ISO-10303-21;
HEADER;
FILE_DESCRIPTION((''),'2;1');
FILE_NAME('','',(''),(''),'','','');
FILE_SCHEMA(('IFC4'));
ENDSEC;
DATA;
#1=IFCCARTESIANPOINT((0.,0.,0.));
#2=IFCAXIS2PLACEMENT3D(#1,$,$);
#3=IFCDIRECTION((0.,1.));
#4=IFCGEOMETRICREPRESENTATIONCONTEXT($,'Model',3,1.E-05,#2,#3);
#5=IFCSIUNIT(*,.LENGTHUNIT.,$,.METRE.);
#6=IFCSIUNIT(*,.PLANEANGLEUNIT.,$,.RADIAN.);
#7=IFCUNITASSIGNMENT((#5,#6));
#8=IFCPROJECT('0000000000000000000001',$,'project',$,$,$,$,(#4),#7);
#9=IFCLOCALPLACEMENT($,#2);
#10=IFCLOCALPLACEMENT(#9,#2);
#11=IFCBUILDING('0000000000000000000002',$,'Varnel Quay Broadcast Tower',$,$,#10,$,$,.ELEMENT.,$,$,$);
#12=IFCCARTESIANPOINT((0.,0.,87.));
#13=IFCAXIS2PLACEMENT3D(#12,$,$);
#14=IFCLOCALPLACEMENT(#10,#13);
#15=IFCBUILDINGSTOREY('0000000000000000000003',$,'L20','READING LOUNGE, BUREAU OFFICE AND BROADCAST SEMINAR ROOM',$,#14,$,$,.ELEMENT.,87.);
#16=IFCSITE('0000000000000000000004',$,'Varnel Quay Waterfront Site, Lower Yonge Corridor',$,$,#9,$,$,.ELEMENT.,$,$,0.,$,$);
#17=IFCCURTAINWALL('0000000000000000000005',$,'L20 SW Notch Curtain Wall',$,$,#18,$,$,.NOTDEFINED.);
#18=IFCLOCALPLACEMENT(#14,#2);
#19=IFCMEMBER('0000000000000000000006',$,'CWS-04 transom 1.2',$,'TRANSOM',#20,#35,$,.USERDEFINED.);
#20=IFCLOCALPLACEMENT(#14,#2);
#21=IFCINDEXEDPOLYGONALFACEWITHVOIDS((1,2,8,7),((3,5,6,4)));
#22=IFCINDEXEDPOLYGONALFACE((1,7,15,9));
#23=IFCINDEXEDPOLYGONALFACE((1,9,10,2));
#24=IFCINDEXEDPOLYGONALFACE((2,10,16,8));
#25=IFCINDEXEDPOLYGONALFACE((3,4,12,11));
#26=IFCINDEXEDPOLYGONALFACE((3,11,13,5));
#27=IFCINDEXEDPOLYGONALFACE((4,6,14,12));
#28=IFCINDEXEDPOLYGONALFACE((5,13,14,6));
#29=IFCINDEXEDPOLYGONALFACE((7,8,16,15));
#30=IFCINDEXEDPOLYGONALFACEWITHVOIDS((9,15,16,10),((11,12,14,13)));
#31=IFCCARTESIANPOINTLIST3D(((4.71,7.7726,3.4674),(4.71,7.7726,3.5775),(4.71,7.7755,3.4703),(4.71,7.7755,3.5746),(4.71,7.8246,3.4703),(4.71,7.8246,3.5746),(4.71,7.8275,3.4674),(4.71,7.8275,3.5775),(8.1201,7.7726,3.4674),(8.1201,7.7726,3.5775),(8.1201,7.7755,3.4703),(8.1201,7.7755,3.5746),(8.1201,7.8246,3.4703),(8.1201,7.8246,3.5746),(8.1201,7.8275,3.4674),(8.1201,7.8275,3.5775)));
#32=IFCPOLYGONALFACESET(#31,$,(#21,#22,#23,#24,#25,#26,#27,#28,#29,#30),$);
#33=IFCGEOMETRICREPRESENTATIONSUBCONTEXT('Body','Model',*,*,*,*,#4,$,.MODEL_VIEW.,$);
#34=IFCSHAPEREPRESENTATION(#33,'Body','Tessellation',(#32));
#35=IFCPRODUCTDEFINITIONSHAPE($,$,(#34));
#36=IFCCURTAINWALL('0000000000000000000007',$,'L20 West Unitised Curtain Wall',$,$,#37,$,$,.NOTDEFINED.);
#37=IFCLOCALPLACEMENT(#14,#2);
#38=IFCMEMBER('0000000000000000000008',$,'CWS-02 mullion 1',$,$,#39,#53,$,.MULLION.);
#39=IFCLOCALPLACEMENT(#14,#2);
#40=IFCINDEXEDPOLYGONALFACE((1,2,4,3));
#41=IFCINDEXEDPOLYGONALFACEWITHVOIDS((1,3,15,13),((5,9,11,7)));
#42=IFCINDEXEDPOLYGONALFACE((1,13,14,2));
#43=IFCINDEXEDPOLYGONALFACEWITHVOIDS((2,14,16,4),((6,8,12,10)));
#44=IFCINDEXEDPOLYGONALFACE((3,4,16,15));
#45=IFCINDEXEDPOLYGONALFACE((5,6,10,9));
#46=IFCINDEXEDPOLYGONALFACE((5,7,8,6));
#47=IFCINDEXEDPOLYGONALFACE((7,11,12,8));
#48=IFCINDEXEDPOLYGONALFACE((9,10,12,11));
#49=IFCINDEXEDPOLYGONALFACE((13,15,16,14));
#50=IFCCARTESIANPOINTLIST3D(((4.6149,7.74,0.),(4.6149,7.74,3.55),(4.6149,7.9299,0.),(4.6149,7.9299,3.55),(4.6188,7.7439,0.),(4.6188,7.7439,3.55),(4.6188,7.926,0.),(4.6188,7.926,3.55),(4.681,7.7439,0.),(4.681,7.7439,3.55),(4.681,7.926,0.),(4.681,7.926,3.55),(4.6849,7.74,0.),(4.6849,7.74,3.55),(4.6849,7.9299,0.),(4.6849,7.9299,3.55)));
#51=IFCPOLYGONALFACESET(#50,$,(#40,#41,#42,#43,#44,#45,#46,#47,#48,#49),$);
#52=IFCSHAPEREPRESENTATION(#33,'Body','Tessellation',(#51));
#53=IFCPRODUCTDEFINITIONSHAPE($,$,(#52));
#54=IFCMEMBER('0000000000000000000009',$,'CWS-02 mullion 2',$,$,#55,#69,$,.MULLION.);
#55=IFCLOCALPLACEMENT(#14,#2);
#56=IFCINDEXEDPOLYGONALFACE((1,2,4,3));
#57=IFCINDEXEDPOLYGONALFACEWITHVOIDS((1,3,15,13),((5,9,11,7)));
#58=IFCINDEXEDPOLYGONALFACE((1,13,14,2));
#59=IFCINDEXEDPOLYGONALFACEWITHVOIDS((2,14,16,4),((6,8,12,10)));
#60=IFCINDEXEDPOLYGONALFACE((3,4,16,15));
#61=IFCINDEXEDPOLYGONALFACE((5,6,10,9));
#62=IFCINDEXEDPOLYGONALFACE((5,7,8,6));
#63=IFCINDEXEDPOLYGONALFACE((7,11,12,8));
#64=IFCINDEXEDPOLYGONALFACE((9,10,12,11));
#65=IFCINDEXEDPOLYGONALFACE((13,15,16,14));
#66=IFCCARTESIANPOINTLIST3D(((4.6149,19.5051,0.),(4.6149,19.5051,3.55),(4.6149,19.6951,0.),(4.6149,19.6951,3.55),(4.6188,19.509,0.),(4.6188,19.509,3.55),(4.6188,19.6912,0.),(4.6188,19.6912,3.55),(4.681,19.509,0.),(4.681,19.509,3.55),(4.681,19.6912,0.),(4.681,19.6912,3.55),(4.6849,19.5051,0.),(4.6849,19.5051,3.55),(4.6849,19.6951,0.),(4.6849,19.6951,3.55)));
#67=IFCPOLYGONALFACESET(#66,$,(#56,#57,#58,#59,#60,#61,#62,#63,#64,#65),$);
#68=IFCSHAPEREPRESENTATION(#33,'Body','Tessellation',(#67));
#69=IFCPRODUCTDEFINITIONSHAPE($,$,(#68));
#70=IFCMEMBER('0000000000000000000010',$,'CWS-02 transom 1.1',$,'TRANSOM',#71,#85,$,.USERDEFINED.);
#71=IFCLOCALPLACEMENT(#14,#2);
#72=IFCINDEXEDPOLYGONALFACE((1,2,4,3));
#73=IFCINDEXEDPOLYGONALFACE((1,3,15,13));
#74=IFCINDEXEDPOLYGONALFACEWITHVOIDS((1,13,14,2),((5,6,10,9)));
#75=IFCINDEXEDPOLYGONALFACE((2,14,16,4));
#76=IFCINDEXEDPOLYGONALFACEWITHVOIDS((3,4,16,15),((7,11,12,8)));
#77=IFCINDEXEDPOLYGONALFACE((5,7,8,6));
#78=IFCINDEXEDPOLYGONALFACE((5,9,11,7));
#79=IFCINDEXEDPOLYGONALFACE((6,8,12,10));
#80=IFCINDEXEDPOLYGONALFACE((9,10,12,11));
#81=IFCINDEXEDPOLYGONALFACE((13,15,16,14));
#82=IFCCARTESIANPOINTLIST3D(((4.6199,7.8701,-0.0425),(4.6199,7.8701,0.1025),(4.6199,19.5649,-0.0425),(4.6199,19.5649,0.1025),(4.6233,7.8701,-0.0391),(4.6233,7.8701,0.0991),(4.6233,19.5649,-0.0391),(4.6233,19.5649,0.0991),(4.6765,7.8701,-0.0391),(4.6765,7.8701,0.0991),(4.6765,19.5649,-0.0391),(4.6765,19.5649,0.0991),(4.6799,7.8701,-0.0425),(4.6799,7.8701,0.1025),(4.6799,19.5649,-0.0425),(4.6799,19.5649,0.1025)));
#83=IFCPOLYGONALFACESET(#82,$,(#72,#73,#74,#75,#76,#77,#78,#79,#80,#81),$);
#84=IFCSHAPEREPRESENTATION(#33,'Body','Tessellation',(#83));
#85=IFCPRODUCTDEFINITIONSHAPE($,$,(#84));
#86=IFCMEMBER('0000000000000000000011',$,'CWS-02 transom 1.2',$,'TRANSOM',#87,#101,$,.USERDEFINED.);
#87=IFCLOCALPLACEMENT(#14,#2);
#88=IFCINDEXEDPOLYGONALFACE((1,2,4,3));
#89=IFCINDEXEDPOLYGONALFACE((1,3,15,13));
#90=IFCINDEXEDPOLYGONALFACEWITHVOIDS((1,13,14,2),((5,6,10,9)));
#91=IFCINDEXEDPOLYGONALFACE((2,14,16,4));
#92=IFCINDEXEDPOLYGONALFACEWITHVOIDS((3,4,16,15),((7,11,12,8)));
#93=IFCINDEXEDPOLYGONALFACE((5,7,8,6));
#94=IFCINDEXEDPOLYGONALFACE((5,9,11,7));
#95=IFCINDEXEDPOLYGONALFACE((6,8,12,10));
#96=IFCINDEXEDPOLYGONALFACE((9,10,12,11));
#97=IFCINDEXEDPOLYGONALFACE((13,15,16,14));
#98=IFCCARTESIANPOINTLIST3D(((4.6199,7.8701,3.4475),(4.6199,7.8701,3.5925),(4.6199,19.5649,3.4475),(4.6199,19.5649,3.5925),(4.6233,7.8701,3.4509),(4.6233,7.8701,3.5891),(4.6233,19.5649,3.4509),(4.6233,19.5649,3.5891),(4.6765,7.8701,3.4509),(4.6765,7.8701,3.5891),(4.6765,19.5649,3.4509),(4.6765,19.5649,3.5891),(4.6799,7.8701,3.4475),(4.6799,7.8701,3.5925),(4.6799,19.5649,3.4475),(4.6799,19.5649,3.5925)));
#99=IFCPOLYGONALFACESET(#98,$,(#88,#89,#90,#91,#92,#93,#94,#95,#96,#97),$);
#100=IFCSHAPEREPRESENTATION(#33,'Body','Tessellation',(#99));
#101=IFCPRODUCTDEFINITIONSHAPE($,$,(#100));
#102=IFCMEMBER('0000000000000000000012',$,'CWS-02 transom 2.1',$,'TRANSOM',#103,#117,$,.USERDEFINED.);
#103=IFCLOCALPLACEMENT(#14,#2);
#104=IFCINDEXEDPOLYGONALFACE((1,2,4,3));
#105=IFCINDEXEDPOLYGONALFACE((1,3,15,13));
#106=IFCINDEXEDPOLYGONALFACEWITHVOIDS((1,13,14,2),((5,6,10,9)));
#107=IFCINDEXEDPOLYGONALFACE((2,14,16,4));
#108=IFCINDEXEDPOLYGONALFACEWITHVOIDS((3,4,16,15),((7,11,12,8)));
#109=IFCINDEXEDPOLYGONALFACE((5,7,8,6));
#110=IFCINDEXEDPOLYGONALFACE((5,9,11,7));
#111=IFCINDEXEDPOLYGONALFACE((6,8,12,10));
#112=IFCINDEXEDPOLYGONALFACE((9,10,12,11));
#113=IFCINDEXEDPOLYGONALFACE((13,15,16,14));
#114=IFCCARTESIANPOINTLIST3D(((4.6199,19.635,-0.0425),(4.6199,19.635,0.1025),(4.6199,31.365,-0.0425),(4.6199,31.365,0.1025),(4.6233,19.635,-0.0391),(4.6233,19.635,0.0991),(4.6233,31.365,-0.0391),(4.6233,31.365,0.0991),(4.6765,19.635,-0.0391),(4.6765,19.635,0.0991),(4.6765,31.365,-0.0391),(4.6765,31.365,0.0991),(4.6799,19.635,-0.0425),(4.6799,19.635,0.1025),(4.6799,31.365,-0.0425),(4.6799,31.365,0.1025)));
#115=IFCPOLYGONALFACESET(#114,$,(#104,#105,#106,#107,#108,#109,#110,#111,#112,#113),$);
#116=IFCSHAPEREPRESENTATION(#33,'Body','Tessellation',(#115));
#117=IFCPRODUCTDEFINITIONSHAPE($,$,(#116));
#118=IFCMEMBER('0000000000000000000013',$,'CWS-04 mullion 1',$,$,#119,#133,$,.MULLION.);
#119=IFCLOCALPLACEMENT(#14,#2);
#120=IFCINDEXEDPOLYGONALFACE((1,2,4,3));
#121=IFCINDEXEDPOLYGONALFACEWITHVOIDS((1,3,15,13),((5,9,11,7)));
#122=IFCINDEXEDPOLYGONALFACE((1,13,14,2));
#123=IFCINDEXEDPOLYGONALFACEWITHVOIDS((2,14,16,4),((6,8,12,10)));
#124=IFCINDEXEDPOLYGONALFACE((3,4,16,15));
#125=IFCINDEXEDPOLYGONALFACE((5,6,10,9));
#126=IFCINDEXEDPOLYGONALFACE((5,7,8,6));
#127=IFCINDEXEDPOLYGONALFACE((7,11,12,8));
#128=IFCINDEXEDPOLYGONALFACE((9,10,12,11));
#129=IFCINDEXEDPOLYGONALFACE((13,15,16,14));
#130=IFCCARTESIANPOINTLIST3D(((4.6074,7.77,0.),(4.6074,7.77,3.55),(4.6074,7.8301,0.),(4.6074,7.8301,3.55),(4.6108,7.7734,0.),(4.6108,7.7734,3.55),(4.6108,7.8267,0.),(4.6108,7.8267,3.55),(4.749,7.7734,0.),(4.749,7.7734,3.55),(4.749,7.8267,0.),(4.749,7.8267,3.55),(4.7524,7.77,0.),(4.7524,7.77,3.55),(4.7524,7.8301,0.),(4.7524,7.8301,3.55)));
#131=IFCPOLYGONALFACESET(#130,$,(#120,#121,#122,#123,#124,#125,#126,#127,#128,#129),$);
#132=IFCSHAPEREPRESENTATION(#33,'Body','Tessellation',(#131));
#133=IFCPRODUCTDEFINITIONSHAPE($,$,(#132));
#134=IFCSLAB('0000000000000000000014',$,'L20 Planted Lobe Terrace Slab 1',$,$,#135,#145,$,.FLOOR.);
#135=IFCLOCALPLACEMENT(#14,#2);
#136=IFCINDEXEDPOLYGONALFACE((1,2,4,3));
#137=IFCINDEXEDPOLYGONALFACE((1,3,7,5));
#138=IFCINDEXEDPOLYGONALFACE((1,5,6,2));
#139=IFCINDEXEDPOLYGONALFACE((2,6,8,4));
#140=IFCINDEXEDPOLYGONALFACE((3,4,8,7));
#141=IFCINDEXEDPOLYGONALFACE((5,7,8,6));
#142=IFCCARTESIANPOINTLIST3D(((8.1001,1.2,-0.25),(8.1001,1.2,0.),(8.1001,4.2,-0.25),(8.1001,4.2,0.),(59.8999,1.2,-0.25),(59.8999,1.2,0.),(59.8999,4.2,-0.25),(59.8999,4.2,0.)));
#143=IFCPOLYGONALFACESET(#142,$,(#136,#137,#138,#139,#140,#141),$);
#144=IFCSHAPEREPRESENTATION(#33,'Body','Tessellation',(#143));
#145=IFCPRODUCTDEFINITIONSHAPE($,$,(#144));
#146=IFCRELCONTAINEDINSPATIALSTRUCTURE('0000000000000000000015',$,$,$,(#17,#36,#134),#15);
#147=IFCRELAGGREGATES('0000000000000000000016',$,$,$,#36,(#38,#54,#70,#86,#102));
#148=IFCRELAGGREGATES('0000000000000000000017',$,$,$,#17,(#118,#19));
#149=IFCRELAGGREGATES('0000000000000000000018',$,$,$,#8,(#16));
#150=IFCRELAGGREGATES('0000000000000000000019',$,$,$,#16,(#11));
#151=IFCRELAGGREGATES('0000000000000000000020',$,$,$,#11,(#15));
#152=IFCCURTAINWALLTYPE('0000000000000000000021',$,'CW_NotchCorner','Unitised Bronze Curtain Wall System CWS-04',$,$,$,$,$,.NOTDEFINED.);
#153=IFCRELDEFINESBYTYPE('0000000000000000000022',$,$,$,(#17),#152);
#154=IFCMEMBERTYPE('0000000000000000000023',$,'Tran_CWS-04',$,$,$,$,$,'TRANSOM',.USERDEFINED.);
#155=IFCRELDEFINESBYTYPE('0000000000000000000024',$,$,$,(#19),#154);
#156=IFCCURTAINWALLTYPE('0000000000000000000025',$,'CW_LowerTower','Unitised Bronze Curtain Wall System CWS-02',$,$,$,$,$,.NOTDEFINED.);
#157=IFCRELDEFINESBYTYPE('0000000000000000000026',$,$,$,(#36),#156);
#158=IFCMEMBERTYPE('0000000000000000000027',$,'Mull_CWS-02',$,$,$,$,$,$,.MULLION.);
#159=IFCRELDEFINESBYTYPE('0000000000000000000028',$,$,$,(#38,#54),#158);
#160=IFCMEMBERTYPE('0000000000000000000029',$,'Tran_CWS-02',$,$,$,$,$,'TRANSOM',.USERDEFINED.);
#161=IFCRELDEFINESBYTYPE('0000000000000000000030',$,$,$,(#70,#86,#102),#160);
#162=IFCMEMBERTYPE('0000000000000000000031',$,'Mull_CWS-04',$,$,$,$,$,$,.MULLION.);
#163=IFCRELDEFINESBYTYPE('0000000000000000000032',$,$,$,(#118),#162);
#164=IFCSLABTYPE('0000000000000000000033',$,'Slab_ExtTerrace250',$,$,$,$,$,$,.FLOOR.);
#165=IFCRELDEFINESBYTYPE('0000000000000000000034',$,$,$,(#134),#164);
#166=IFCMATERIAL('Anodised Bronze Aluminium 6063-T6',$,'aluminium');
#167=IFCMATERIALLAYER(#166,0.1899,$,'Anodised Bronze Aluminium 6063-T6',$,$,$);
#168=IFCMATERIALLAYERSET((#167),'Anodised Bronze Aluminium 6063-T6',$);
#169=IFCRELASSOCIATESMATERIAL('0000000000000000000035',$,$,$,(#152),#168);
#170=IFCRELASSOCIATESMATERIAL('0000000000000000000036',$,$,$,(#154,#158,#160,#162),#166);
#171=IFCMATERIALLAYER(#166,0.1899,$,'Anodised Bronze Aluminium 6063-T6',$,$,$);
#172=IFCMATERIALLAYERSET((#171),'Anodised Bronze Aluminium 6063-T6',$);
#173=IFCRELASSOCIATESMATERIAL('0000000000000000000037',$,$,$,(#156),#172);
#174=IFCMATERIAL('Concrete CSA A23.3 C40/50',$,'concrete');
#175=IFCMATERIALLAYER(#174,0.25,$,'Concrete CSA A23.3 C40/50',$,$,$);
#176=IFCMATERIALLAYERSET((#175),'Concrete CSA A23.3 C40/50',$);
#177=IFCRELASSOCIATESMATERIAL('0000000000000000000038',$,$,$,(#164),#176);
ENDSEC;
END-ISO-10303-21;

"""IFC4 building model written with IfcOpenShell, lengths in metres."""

from ifc_helpers import new_model, si_unit, direction, frame, origin, origin_2d, place, context, subcontext, project, spatial, polyline, hollow_rectangle, outline, extrude, source, transform, mapped, material, layer, layer_set, material_profile, profile_set, type_object, type_shapes, element, aggregate, save


model = new_model("IFC4")

# Units and contexts
model_context = context("Model", 3, precision=1e-05, world=origin(), true_north=direction((0.0, 1.0)))
body_context = subcontext(model_context, "Body", "Model", "MODEL_VIEW")
ifc_project = project(units=[si_unit("LENGTHUNIT", "METRE"), si_unit("PLANEANGLEUNIT", "RADIAN")], contexts=[model_context])

# Site, building, storey
site_placement = place(None, origin())
site = spatial("IfcSite", under=ifc_project, at=site_placement, Name="Varnel Quay Waterfront Site, Lower Yonge Corridor", CompositionType="ELEMENT", RefElevation=0.0)
building_placement = place(site_placement, origin())
building = spatial("IfcBuilding", under=site, at=building_placement, Name="Varnel Quay Broadcast Tower", CompositionType="ELEMENT")
storey_placement = place(building_placement, frame((0.0, 0.0, 87.0)))
storey = spatial("IfcBuildingStorey", under=building, at=storey_placement, Name="L20", Description="READING LOUNGE, BUREAU OFFICE AND BROADCAST SEMINAR ROOM", CompositionType="ELEMENT", Elevation=87.0)

# Curtain walls, members
ifc_material_1 = material(Name="Anodised Bronze Aluminium 6063-T6", Category="aluminium")
ifc_layer_1 = layer(ifc_material_1, 0.1899, Name="Anodised Bronze Aluminium 6063-T6")
ifc_layer_set_1 = layer_set([ifc_layer_1], Name="Anodised Bronze Aluminium 6063-T6")
curtain_wall_type_1 = type_object("IfcCurtainWallType", Name="CW_NotchCorner", Description="Unitised Bronze Curtain Wall System CWS-04", PredefinedType="NOTDEFINED", material=ifc_layer_set_1)
curtain_wall_1_placement = place(storey_placement, origin())
curtain_wall_1 = element("IfcCurtainWall", 1, at=curtain_wall_1_placement, inside=storey, type_object=curtain_wall_type_1, Name="L20 SW Notch Curtain Wall", PredefinedType="NOTDEFINED")
ifc_material_profile_1 = material_profile(ifc_material_1, hollow_rectangle(XDim=0.0549, YDim=0.1101, WallThickness=0.0029, at=origin_2d()), Name="ALU55X110X3")
ifc_profile_set_1 = profile_set([ifc_material_profile_1], Name="Anodised Bronze Aluminium 6063-T6")
member_type_1 = type_object("IfcMemberType", Name="Tran_CWS-04", ElementType="TRANSOM", PredefinedType="USERDEFINED", material=ifc_profile_set_1)
shared_shape_1 = source(origin(), body_context, "Body", "SweptSolid", [
    extrude(hollow_rectangle(XDim=0.0549, YDim=0.1101, WallThickness=0.0029, at=origin_2d()), origin(), (0.0, 0.0, 1.0), 3.4102),
])
type_shapes(member_type_1, [shared_shape_1])
member_1_placement = place(storey_placement, frame((4.71, 7.8, 3.5225), z_axis=(1.0, 0.0, 0.0), x_axis=(0.0, 1.0, 0.0)))
member_1 = element("IfcMember", 2, at=member_1_placement, type_object=member_type_1, Name="CWS-04 transom 1.2", ObjectType="TRANSOM", PredefinedType="USERDEFINED", context=body_context, shape_type="MappedRepresentation", body=[
    mapped(shared_shape_1, transform((0.0, 0.0, 0.0), x_axis=(1.0, 0.0, 0.0), y_axis=(0.0, 1.0, 0.0), z_axis=(0.0, 0.0, 1.0), scale=1.0)),
])
ifc_layer_2 = layer(ifc_material_1, 0.1899, Name="Anodised Bronze Aluminium 6063-T6")
ifc_layer_set_2 = layer_set([ifc_layer_2], Name="Anodised Bronze Aluminium 6063-T6")
curtain_wall_type_2 = type_object("IfcCurtainWallType", Name="CW_LowerTower", Description="Unitised Bronze Curtain Wall System CWS-02", PredefinedType="NOTDEFINED", material=ifc_layer_set_2)
curtain_wall_2_placement = place(storey_placement, origin())
curtain_wall_2 = element("IfcCurtainWall", 3, at=curtain_wall_2_placement, inside=storey, type_object=curtain_wall_type_2, Name="L20 West Unitised Curtain Wall", PredefinedType="NOTDEFINED")
ifc_material_profile_2 = material_profile(ifc_material_1, hollow_rectangle(XDim=0.0701, YDim=0.1899, WallThickness=0.0039, at=origin_2d()), Name="ALU70X190X4")
ifc_profile_set_2 = profile_set([ifc_material_profile_2], Name="Anodised Bronze Aluminium 6063-T6")
member_type_2 = type_object("IfcMemberType", Name="Mull_CWS-02", PredefinedType="MULLION", material=ifc_profile_set_2)
shared_shape_2 = source(origin(), body_context, "Body", "SweptSolid", [
    extrude(hollow_rectangle(XDim=0.0701, YDim=0.1899, WallThickness=0.0039, at=origin_2d()), origin(), (0.0, 0.0, 1.0), 3.55),
])
type_shapes(member_type_2, [shared_shape_2])
member_2_placement = place(storey_placement, frame((4.6499, 7.835, 0.0), z_axis=(0.0, 0.0, 1.0), x_axis=(-1.0, 0.0, 0.0)))
member_2 = element("IfcMember", 4, at=member_2_placement, type_object=member_type_2, Name="CWS-02 mullion 1", PredefinedType="MULLION", context=body_context, shape_type="MappedRepresentation", body=[
    mapped(shared_shape_2, transform((0.0, 0.0, 0.0), x_axis=(1.0, 0.0, 0.0), y_axis=(0.0, 1.0, 0.0), z_axis=(0.0, 0.0, 1.0), scale=1.0)),
])
member_3_placement = place(storey_placement, frame((4.6499, 19.6001, 0.0), z_axis=(0.0, 0.0, 1.0), x_axis=(-1.0, 0.0, 0.0)))
member_3 = element("IfcMember", 5, at=member_3_placement, type_object=member_type_2, Name="CWS-02 mullion 2", PredefinedType="MULLION", context=body_context, shape_type="MappedRepresentation", body=[
    mapped(shared_shape_2, transform((0.0, 0.0, 0.0), x_axis=(1.0, 0.0, 0.0), y_axis=(0.0, 1.0, 0.0), z_axis=(0.0, 0.0, 1.0), scale=1.0)),
])
ifc_material_profile_3 = material_profile(ifc_material_1, hollow_rectangle(XDim=0.0601, YDim=0.145, WallThickness=0.0034, at=origin_2d()), Name="ALU60X145X3.5")
ifc_profile_set_3 = profile_set([ifc_material_profile_3], Name="Anodised Bronze Aluminium 6063-T6")
member_type_3 = type_object("IfcMemberType", Name="Tran_CWS-02", ElementType="TRANSOM", PredefinedType="USERDEFINED", material=ifc_profile_set_3)
shared_shape_3 = source(origin(), body_context, "Body", "SweptSolid", [
    extrude(hollow_rectangle(XDim=0.0601, YDim=0.145, WallThickness=0.0034, at=origin_2d()), origin(), (0.0, 0.0, 1.0), 11.6948),
])
member_4_placement = place(storey_placement, frame((4.6499, 7.8701, 0.03), z_axis=(0.0, 1.0, 0.0), x_axis=(-1.0, 0.0, 0.0)))
member_4 = element("IfcMember", 6, at=member_4_placement, type_object=member_type_3, Name="CWS-02 transom 1.1", ObjectType="TRANSOM", PredefinedType="USERDEFINED", context=body_context, shape_type="MappedRepresentation", body=[
    mapped(shared_shape_3, transform((0.0, 0.0, 0.0), x_axis=(1.0, 0.0, 0.0), y_axis=(0.0, 1.0, 0.0), z_axis=(0.0, 0.0, 1.0), scale=1.0)),
])
member_5_placement = place(storey_placement, frame((4.6499, 7.8701, 3.52), z_axis=(0.0, 1.0, 0.0), x_axis=(-1.0, 0.0, 0.0)))
member_5 = element("IfcMember", 7, at=member_5_placement, type_object=member_type_3, Name="CWS-02 transom 1.2", ObjectType="TRANSOM", PredefinedType="USERDEFINED", context=body_context, shape_type="MappedRepresentation", body=[
    mapped(shared_shape_3, transform((0.0, 0.0, 0.0), x_axis=(1.0, 0.0, 0.0), y_axis=(0.0, 1.0, 0.0), z_axis=(0.0, 0.0, 1.0), scale=1.0)),
])
shared_shape_4 = source(origin(), body_context, "Body", "SweptSolid", [
    extrude(hollow_rectangle(XDim=0.0601, YDim=0.145, WallThickness=0.0034, at=origin_2d()), origin(), (0.0, 0.0, 1.0), 11.73),
])
type_shapes(member_type_3, [shared_shape_3, shared_shape_4])
member_6_placement = place(storey_placement, frame((4.6499, 19.635, 0.03), z_axis=(0.0, 1.0, 0.0), x_axis=(-1.0, 0.0, 0.0)))
member_6 = element("IfcMember", 8, at=member_6_placement, type_object=member_type_3, Name="CWS-02 transom 2.1", ObjectType="TRANSOM", PredefinedType="USERDEFINED", context=body_context, shape_type="MappedRepresentation", body=[
    mapped(shared_shape_4, transform((0.0, 0.0, 0.0), x_axis=(1.0, 0.0, 0.0), y_axis=(0.0, 1.0, 0.0), z_axis=(0.0, 0.0, 1.0), scale=1.0)),
])

# Member
ifc_material_profile_4 = material_profile(ifc_material_1, hollow_rectangle(XDim=0.0601, YDim=0.145, WallThickness=0.0034, at=origin_2d()), Name="ALU60X145X3.5")
ifc_profile_set_4 = profile_set([ifc_material_profile_4], Name="Anodised Bronze Aluminium 6063-T6")
member_type_4 = type_object("IfcMemberType", Name="Mull_CWS-04", PredefinedType="MULLION", material=ifc_profile_set_4)
shared_shape_5 = source(origin(), body_context, "Body", "SweptSolid", [
    extrude(hollow_rectangle(XDim=0.0601, YDim=0.145, WallThickness=0.0034, at=origin_2d()), origin(), (0.0, 0.0, 1.0), 3.55),
])
type_shapes(member_type_4, [shared_shape_5])
member_7_placement = place(storey_placement, frame((4.6799, 7.8, 0.0), z_axis=(0.0, 0.0, 1.0), x_axis=(0.0, 1.0, 0.0)))
member_7 = element("IfcMember", 9, at=member_7_placement, type_object=member_type_4, Name="CWS-04 mullion 1", PredefinedType="MULLION", context=body_context, shape_type="MappedRepresentation", body=[
    mapped(shared_shape_5, transform((0.0, 0.0, 0.0), x_axis=(1.0, 0.0, 0.0), y_axis=(0.0, 1.0, 0.0), z_axis=(0.0, 0.0, 1.0), scale=1.0)),
])

# Slab
ifc_material_2 = material(Name="Concrete CSA A23.3 C40/50", Category="concrete")
ifc_layer_3 = layer(ifc_material_2, 0.25, Name="Concrete CSA A23.3 C40/50")
ifc_layer_set_3 = layer_set([ifc_layer_3], Name="Concrete CSA A23.3 C40/50")
slab_type_1 = type_object("IfcSlabType", Name="Slab_ExtTerrace250", PredefinedType="FLOOR", material=ifc_layer_set_3)
slab_1_placement = place(storey_placement, frame((0.0, 0.0, -0.25)))
element("IfcSlab", 10, at=slab_1_placement, inside=storey, type_object=slab_type_1, Name="L20 Planted Lobe Terrace Slab 1", PredefinedType="FLOOR", context=body_context, shape_type="SweptSolid", body=[
    extrude(outline(polyline([(8.1001, 1.2), (59.8999, 1.2), (59.8999, 4.2), (8.1001, 4.2), (8.1001, 1.2)])), origin(), (0.0, 0.0, 1.0), 0.25),
])

aggregate(curtain_wall_2, [member_2, member_3, member_4, member_5, member_6])
aggregate(curtain_wall_1, [member_7, member_1])

save(model, "model.ifc")
